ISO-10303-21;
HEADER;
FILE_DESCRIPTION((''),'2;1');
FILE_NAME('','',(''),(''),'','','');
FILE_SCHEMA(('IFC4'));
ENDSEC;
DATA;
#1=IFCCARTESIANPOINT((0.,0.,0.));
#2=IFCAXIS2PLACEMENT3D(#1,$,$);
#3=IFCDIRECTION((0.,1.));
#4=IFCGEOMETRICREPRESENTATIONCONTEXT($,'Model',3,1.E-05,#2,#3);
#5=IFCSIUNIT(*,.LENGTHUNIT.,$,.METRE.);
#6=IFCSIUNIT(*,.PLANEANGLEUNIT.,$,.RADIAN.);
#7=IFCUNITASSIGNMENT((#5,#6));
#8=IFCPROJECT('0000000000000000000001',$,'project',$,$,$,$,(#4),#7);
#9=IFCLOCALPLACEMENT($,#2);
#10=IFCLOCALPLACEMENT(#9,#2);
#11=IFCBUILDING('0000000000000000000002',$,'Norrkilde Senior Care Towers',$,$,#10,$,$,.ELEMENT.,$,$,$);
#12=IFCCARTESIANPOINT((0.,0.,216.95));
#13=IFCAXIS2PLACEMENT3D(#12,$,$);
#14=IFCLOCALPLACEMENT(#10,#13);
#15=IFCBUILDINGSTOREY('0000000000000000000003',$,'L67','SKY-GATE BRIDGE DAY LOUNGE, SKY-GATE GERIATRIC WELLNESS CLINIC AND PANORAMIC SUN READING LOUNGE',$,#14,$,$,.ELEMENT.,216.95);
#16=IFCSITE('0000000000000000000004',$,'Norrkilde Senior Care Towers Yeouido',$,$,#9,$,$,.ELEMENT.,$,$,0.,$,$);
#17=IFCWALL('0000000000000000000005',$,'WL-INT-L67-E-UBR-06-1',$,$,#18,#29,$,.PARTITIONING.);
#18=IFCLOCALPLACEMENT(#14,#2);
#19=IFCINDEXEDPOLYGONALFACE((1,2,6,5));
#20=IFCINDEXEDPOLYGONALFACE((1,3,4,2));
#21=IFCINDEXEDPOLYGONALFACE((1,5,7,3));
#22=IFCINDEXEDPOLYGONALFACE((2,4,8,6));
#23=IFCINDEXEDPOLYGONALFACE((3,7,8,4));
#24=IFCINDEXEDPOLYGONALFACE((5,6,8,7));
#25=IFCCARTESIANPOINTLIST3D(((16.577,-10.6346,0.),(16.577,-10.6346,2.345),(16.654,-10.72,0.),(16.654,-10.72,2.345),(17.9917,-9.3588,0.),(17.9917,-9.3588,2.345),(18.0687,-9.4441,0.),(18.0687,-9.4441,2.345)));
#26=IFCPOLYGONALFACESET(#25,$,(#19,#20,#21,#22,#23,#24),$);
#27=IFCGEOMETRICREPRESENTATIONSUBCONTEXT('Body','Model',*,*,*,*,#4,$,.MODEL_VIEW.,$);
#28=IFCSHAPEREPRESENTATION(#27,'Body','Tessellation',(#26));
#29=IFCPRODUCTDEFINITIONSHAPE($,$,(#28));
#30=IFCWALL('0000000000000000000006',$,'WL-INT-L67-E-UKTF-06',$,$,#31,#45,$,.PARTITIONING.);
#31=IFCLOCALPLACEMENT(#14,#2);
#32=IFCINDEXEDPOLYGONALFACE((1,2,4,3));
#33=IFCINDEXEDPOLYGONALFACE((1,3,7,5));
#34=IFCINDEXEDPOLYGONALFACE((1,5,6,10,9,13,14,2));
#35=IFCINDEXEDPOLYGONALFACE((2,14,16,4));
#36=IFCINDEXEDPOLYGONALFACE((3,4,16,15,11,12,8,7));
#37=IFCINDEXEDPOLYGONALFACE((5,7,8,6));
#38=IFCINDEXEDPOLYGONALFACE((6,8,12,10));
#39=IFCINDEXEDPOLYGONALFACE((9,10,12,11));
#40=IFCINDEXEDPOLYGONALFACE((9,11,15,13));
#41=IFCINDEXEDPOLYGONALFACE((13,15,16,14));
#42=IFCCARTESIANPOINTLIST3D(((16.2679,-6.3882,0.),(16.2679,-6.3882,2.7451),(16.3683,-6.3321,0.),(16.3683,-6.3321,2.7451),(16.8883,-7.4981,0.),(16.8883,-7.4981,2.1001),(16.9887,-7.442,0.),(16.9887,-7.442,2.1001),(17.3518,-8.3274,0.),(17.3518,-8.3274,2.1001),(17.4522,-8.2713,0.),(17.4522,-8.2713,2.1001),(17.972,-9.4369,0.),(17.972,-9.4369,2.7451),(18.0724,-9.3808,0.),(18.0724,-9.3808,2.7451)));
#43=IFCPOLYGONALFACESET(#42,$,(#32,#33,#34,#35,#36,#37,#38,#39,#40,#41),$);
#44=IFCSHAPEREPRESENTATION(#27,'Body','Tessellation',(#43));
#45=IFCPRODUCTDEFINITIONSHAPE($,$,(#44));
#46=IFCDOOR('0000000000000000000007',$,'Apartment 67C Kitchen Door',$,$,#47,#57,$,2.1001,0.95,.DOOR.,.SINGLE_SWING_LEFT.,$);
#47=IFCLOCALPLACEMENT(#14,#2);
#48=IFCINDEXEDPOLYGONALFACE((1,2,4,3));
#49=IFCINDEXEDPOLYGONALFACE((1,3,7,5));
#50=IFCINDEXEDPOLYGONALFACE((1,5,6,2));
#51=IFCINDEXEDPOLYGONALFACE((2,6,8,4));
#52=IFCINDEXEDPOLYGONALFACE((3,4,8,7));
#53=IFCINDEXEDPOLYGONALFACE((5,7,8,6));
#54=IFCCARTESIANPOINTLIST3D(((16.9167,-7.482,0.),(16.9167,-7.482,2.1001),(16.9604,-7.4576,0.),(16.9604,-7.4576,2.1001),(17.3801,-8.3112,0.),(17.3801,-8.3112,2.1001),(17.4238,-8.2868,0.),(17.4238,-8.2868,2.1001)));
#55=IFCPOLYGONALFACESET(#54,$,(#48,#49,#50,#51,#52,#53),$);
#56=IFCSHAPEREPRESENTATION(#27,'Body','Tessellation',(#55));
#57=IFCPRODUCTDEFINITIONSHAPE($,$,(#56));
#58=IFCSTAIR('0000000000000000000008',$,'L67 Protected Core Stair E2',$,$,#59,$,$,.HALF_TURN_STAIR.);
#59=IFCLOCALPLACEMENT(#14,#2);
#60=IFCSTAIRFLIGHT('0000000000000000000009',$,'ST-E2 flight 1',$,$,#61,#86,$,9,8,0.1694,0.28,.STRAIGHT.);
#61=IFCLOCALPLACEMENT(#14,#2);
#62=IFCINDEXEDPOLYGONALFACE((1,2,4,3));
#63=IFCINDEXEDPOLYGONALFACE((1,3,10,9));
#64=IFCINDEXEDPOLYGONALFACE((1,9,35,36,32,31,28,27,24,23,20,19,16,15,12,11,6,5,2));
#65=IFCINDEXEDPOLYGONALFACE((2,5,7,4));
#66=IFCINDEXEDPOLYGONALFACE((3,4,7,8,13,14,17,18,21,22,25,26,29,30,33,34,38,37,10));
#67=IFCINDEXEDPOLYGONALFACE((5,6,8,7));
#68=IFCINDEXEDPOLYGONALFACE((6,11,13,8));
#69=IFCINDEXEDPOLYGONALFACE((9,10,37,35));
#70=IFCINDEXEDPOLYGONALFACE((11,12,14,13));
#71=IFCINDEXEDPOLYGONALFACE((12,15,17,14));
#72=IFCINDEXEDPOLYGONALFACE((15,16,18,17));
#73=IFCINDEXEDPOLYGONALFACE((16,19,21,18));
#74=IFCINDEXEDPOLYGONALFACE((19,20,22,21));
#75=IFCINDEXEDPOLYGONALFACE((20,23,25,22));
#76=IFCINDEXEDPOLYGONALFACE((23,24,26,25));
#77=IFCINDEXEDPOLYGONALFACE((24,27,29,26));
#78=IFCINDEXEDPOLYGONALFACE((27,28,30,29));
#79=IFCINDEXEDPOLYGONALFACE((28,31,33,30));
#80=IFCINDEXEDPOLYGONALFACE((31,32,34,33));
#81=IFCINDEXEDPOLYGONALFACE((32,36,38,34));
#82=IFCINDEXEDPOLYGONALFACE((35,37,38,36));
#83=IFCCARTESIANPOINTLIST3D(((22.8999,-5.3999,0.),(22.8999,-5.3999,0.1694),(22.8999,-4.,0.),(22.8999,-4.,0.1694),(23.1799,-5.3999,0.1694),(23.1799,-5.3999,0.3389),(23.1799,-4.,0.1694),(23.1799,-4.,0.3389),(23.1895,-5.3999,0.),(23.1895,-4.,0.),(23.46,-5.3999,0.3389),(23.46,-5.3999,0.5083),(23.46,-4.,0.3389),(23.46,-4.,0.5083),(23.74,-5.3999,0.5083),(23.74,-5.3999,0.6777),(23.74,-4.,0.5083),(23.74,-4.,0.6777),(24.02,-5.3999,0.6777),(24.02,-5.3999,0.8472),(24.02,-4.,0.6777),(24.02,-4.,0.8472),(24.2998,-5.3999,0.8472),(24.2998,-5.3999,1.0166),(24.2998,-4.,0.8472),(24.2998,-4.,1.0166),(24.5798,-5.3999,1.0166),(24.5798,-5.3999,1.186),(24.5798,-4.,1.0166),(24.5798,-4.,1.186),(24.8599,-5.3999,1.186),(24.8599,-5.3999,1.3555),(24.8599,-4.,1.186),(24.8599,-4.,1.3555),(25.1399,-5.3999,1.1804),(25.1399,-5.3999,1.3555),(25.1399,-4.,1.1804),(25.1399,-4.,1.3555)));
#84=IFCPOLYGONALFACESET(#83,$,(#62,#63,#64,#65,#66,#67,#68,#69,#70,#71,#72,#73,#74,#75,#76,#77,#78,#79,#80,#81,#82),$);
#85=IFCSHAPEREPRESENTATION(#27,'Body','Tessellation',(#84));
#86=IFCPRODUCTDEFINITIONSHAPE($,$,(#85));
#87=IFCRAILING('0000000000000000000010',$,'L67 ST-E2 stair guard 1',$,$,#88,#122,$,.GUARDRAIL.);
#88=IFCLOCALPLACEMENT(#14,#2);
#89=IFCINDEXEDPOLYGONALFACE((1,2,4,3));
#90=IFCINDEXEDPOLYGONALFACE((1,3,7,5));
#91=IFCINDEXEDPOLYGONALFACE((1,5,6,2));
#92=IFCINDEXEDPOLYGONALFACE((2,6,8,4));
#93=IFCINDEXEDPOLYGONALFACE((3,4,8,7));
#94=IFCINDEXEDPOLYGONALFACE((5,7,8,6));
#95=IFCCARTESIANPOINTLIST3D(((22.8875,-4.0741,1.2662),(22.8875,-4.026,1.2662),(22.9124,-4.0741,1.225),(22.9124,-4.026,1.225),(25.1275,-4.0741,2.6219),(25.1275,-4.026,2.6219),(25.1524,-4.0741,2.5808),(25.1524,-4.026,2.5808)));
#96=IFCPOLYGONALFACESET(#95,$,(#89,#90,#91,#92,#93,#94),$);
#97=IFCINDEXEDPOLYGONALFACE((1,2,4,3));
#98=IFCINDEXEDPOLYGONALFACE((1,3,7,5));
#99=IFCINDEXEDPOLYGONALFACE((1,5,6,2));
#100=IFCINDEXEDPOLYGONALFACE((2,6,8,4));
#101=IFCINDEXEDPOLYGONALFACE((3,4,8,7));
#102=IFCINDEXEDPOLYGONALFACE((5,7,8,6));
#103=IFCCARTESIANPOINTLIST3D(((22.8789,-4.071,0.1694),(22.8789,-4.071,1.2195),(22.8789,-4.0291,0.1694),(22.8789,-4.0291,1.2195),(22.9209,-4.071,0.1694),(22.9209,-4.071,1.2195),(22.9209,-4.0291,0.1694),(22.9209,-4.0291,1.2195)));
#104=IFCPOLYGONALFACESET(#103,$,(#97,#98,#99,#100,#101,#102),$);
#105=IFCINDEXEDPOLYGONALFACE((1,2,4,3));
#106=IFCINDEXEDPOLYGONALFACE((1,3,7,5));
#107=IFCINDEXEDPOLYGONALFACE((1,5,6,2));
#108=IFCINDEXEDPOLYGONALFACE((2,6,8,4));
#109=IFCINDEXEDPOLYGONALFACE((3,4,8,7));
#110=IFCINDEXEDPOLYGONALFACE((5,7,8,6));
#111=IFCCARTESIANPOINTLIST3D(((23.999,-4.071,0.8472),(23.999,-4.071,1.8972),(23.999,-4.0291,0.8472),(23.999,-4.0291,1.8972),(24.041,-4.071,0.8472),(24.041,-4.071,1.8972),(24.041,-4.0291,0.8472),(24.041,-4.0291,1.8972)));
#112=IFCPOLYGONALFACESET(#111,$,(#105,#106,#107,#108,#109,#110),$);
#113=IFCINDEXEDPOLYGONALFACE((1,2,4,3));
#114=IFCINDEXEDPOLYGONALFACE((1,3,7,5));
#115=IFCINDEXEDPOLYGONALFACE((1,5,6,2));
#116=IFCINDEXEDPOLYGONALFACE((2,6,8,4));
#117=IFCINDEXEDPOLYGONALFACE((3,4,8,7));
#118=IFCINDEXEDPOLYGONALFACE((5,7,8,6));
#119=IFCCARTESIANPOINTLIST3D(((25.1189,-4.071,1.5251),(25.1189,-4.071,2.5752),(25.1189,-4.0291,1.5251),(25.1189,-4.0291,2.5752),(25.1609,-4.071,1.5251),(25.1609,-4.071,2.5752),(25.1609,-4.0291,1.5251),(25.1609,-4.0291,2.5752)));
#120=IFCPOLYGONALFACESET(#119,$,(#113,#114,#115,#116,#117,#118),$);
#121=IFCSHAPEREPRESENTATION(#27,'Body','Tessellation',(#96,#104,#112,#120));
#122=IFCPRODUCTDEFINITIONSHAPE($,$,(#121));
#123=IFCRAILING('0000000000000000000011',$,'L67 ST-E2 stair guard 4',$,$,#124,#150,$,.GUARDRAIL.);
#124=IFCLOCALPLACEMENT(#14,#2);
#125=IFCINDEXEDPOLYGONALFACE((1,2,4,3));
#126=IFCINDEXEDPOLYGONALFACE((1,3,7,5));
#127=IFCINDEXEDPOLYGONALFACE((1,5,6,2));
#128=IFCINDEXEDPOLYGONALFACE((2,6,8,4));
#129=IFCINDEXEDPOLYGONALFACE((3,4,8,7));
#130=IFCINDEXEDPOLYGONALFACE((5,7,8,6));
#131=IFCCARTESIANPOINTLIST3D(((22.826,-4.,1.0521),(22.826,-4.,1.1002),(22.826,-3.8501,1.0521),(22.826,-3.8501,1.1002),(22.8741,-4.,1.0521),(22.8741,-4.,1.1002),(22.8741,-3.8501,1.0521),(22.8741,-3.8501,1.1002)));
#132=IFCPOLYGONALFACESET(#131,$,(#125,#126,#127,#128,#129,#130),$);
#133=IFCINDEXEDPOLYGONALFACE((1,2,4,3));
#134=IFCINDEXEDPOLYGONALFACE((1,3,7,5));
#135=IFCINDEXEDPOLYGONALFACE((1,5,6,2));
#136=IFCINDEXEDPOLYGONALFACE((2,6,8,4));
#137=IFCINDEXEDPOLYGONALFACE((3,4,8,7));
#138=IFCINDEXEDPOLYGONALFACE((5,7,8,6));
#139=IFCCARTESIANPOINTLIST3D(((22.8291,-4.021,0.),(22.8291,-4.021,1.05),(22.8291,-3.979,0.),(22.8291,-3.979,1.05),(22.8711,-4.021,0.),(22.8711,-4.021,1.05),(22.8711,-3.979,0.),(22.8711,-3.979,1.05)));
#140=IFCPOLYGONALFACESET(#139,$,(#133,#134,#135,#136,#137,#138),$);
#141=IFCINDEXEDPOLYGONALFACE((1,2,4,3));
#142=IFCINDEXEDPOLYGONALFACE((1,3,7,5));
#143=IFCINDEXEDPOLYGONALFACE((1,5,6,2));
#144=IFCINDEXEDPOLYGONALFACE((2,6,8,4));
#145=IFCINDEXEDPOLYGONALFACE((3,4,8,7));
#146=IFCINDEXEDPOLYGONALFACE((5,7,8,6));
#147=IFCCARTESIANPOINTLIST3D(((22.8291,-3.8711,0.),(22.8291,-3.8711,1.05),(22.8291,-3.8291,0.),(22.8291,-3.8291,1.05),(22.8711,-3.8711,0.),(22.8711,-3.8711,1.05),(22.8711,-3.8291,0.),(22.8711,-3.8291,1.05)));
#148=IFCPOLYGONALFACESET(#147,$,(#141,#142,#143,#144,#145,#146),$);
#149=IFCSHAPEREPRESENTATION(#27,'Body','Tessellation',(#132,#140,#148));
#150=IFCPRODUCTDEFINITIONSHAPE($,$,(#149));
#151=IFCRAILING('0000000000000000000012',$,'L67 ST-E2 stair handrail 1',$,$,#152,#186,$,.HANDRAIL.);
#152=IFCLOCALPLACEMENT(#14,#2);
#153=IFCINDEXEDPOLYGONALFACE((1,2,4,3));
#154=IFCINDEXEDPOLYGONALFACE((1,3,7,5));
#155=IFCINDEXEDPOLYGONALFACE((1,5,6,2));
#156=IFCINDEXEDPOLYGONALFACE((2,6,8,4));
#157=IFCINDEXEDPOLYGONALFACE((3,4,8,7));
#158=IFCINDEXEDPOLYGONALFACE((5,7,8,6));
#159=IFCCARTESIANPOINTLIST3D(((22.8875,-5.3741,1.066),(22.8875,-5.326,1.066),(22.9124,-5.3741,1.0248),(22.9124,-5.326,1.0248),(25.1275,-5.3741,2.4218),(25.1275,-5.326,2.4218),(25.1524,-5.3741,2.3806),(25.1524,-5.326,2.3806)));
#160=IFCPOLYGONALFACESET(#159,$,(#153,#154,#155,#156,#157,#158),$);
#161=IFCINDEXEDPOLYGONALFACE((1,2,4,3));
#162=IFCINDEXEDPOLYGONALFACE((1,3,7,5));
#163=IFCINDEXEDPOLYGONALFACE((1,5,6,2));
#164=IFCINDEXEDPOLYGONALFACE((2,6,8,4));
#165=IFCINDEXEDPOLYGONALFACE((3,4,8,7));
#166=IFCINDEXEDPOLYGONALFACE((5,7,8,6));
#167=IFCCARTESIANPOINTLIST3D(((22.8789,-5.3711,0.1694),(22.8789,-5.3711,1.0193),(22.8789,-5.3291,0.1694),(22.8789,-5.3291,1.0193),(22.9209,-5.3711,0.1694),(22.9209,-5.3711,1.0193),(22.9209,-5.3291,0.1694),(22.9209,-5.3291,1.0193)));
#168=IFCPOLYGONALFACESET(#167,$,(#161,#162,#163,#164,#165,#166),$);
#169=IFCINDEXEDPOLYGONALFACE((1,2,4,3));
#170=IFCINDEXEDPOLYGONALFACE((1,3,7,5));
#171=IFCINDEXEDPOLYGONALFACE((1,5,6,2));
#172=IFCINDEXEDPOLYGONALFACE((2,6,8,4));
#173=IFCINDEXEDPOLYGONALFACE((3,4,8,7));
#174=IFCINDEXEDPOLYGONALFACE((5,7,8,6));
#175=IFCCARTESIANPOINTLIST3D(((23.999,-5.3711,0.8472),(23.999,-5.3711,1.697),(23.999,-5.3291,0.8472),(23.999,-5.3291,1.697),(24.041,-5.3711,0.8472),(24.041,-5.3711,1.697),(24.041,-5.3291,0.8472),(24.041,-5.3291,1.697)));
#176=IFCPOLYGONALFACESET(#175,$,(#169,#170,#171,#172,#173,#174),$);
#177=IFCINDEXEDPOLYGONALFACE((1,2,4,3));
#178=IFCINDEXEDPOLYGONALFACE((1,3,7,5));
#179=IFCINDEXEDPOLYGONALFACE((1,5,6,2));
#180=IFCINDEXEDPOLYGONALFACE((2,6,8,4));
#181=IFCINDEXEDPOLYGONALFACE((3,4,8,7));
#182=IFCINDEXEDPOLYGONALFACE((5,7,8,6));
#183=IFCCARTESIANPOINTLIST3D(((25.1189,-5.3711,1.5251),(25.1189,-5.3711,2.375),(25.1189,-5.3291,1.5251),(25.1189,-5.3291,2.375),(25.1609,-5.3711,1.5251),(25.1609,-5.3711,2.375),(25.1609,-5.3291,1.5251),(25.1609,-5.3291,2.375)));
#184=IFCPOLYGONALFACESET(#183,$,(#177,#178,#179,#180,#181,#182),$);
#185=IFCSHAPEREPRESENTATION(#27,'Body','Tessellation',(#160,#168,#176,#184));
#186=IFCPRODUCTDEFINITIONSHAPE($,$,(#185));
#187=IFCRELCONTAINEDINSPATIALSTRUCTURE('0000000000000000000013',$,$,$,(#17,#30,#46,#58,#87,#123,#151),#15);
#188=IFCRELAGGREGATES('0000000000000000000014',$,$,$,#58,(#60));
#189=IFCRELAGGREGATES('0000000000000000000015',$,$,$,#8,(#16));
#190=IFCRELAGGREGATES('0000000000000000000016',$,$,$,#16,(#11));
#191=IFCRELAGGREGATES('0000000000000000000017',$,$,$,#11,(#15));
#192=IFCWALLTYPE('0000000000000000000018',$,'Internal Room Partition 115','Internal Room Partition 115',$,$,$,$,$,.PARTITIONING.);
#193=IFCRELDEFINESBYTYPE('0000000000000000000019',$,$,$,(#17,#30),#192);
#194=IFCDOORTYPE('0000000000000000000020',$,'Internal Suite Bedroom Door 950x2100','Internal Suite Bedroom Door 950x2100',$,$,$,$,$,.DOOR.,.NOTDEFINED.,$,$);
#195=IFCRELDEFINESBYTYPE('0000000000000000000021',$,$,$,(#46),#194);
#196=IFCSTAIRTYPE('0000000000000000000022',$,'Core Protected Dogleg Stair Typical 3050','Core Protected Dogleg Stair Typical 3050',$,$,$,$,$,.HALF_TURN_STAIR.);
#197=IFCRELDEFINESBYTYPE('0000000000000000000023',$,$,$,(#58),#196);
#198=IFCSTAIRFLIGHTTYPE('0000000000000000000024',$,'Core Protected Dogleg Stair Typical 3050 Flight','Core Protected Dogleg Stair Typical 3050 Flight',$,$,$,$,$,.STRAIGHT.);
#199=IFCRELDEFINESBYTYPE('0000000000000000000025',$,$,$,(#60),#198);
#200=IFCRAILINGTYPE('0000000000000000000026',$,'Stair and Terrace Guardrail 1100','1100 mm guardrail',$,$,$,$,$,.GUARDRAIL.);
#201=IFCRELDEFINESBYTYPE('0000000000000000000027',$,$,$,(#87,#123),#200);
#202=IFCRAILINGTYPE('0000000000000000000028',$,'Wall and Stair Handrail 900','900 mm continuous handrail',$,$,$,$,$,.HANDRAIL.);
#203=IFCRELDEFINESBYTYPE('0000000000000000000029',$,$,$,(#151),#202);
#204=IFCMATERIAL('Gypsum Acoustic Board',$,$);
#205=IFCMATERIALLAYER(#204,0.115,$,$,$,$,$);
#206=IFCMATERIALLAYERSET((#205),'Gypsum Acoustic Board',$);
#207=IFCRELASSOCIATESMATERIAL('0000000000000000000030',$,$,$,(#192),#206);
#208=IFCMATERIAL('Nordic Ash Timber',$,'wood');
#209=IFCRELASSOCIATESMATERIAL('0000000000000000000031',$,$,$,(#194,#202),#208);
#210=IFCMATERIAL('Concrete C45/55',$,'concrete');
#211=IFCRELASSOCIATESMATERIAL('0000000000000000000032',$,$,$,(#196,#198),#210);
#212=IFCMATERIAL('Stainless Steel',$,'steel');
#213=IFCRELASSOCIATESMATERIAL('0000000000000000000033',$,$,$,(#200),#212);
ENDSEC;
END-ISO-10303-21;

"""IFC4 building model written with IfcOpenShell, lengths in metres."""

from ifc_helpers import new_model, si_unit, direction, frame, frame_2d, origin, origin_2d, place, context, subcontext, project, spatial, polyline, rectangle, outline, extrude, source, transform, mapped, material, layer, layer_set, type_object, type_shapes, element, fill, aggregate, save


model = new_model("IFC4")

# Units and contexts
model_context = context("Model", 3, precision=1e-05, world=origin(), true_north=direction((0.0, 1.0)))
body_context = subcontext(model_context, "Body", "Model", "MODEL_VIEW")
ifc_project = project(units=[si_unit("LENGTHUNIT", "METRE"), si_unit("PLANEANGLEUNIT", "RADIAN")], contexts=[model_context])

# Site, building, storey
site_placement = place(None, origin())
site = spatial("IfcSite", under=ifc_project, at=site_placement, Name="Norrkilde Senior Care Towers Yeouido", CompositionType="ELEMENT", RefElevation=0.0)
building_placement = place(site_placement, origin())
building = spatial("IfcBuilding", under=site, at=building_placement, Name="Norrkilde Senior Care Towers", CompositionType="ELEMENT")
storey_placement = place(building_placement, frame((0.0, 0.0, 216.95)))
storey = spatial("IfcBuildingStorey", under=building, at=storey_placement, Name="L67", Description="SKY-GATE BRIDGE DAY LOUNGE, SKY-GATE GERIATRIC WELLNESS CLINIC AND PANORAMIC SUN READING LOUNGE", CompositionType="ELEMENT", Elevation=216.95)

# Shared definitions
ifc_material_1 = material(Name="Concrete C45/55", Category="concrete")

# Shared definitions
ifc_material_2 = material(Name="Gypsum Acoustic Board")

# Shared definitions
ifc_material_3 = material(Name="Nordic Ash Timber", Category="wood")
ifc_layer_1 = layer(ifc_material_2, 0.115)
ifc_layer_set_1 = layer_set([ifc_layer_1], Name="Gypsum Acoustic Board")
wall_type_1 = type_object("IfcWallType", Name="Internal Room Partition 115", Description="Internal Room Partition 115", PredefinedType="PARTITIONING", material=ifc_layer_set_1)
door_type_1 = type_object("IfcDoorType", Name="Internal Suite Bedroom Door 950x2100", Description="Internal Suite Bedroom Door 950x2100", OperationType="NOTDEFINED", PredefinedType="DOOR", material=ifc_material_3)
shared_shape_1 = source(origin(), body_context, "Body", "SweptSolid", [
    extrude(rectangle(XDim=0.95, YDim=2.1001, at=frame_2d((0.4751, 1.05))), frame((0.0, 0.0249, 0.0), z_axis=(0.0, -1.0, 0.0), x_axis=(1.0, 0.0, 0.0)), (0.0, 0.0, 1.0), 0.05),
])
type_shapes(door_type_1, [shared_shape_1])

# Wall
shared_shape_2 = source(origin(), body_context, "Body", "SweptSolid", [
    extrude(rectangle(XDim=1.905, YDim=0.115, at=frame_2d((0.9526, 0.0))), origin(), (0.0, 0.0, 1.0), 2.345),
])
wall_1_placement = place(storey_placement, frame((18.0303, -9.4014, 0.0), z_axis=(0.0, 0.0, 1.0), x_axis=(-0.742625, -0.669708, 0.0)))
element("IfcWall", 1, at=wall_1_placement, inside=storey, type_object=wall_type_1, Name="WL-INT-L67-E-UBR-06-1", PredefinedType="PARTITIONING", context=body_context, shape_type="MappedRepresentation", body=[
    mapped(shared_shape_2, transform((0.0, 0.0, 0.0), x_axis=(1.0, 0.0, 0.0), y_axis=(0.0, 1.0, 0.0), z_axis=(0.0, 0.0, 1.0), scale=1.0)),
])

# Wall, opening, door
shared_shape_3 = source(origin(), body_context, "Body", "SweptSolid", [
    extrude(rectangle(XDim=3.4927, YDim=0.115, at=frame_2d((1.7463, 0.0))), origin(), (0.0, 0.0, 1.0), 2.7451),
])
wall_2_placement = place(storey_placement, frame((16.3181, -6.3601, 0.0), z_axis=(0.0, 0.0, 1.0), x_axis=(0.487897, -0.872901, 0.0)))
wall_2 = element("IfcWall", 2, at=wall_2_placement, inside=storey, type_object=wall_type_1, Name="WL-INT-L67-E-UKTF-06", PredefinedType="PARTITIONING", context=body_context, shape_type="MappedRepresentation", body=[
    mapped(shared_shape_3, transform((0.0, 0.0, 0.0), x_axis=(1.0, 0.0, 0.0), y_axis=(0.0, 1.0, 0.0), z_axis=(0.0, 0.0, 1.0), scale=1.0)),
])
opening_1_placement = place(wall_2_placement, frame((1.2715, 0.0, 0.0)))
opening_1 = element("IfcOpeningElement", 3, at=opening_1_placement, cuts=wall_2, PredefinedType="OPENING", context=body_context, shape_type="SweptSolid", body=[
    extrude(rectangle(XDim=0.95, YDim=2.1001, at=frame_2d((0.4751, 1.05))), frame((0.0, 0.0674, 0.0), z_axis=(0.0, -1.0, 0.0), x_axis=(1.0, 0.0, 0.0)), (0.0, 0.0, 1.0), 0.135),
])
door_1_placement = place(opening_1_placement, frame((0.95, 0.0, 0.0), z_axis=(0.0, 0.0, 1.0), x_axis=(-1.0, 0.0, 0.0)))
door_1 = element("IfcDoor", 4, at=door_1_placement, inside=storey, type_object=door_type_1, Name="Apartment 67C Kitchen Door", OperationType="SINGLE_SWING_LEFT", OverallHeight=2.1001, OverallWidth=0.95, PredefinedType="DOOR", context=body_context, shape_type="MappedRepresentation", body=[
    mapped(shared_shape_1, transform((0.0, 0.0, 0.0), x_axis=(1.0, 0.0, 0.0), y_axis=(0.0, 1.0, 0.0), z_axis=(0.0, 0.0, 1.0), scale=1.0)),
])
fill(opening_1, door_1)

# Stair, stair flight
stair_type = type_object("IfcStairType", Name="Core Protected Dogleg Stair Typical 3050", Description="Core Protected Dogleg Stair Typical 3050", PredefinedType="HALF_TURN_STAIR", material=ifc_material_1)
stair_placement = place(storey_placement, origin())
stair = element("IfcStair", 5, at=stair_placement, inside=storey, type_object=stair_type, Name="L67 Protected Core Stair E2", PredefinedType="HALF_TURN_STAIR")
stair_flight_type = type_object("IfcStairFlightType", Name="Core Protected Dogleg Stair Typical 3050 Flight", Description="Core Protected Dogleg Stair Typical 3050 Flight", PredefinedType="STRAIGHT", material=ifc_material_1)
stair_flight_placement = place(storey_placement, frame((22.8999, -4.7, 0.0), z_axis=(0.0, 0.0, 1.0), x_axis=(1.0, 0.0, 0.0)))
stair_flight = element("IfcStairFlight", 6, at=stair_flight_placement, type_object=stair_flight_type, Name="ST-E2 flight 1", NumberOfRisers=9, NumberOfTreads=8, PredefinedType="STRAIGHT", RiserHeight=0.1694, TreadLength=0.28, context=body_context, shape_type="SweptSolid", body=[
    extrude(outline(polyline([(0.0, 0.0), (0.0, 0.1694), (0.28, 0.1694), (0.28, 0.3389), (0.5601, 0.3389), (0.5601, 0.5083), (0.8401, 0.5083), (0.8401, 0.6777), (1.1201, 0.6777), (1.1201, 0.8472), (1.3999, 0.8472), (1.3999, 1.0166), (1.6799, 1.0166), (1.6799, 1.186), (1.96, 1.186), (1.96, 1.3555), (2.24, 1.3555), (2.24, 1.5249), (2.24, 1.1804), (0.2896, 0.0), (0.0, 0.0)])), frame((0.0, 0.7, 0.0), z_axis=(0.0, -1.0, 0.0), x_axis=(1.0, 0.0, 0.0)), (0.0, 0.0, 1.0), 1.3999),
])
aggregate(stair, [stair_flight])

# Railings
ifc_material_4 = material(Name="Stainless Steel", Category="steel")
railing_type_1 = type_object("IfcRailingType", Name="Stair and Terrace Guardrail 1100", Description="1100 mm guardrail", PredefinedType="GUARDRAIL", material=ifc_material_4)
railing_1_placement = place(storey_placement, frame((22.8999, -4.05, 0.1694)))
element("IfcRailing", 7, at=railing_1_placement, inside=storey, type_object=railing_type_1, Name="L67 ST-E2 stair guard 1", PredefinedType="GUARDRAIL", context=body_context, shape_type="SweptSolid", body=[
    extrude(rectangle(XDim=0.0481, YDim=0.0481, at=origin_2d()), frame((0.0, 0.0, 1.0762), z_axis=(0.855512, 0.0, 0.517783), x_axis=(0.0, 1.0, 0.0)), (0.0, 0.0, 1.0), 2.6184),
    extrude(rectangle(XDim=0.042, YDim=0.042, at=origin_2d()), origin(), (0.0, 0.0, 1.0), 1.05),
    extrude(rectangle(XDim=0.042, YDim=0.042, at=origin_2d()), frame((1.1201, 0.0, 0.6777)), (0.0, 0.0, 1.0), 1.05),
    extrude(rectangle(XDim=0.042, YDim=0.042, at=origin_2d()), frame((2.24, 0.0, 1.3557)), (0.0, 0.0, 1.0), 1.05),
])
railing_2_placement = place(storey_placement, frame((22.8501, -4.0, 0.0)))
element("IfcRailing", 8, at=railing_2_placement, inside=storey, type_object=railing_type_1, Name="L67 ST-E2 stair guard 4", PredefinedType="GUARDRAIL", context=body_context, shape_type="SweptSolid", body=[
    extrude(rectangle(XDim=0.0481, YDim=0.0481, at=origin_2d()), frame((0.0, 0.0, 1.0762), z_axis=(0.0, 1.0, 0.0), x_axis=(-1.0, 0.0, 0.0)), (0.0, 0.0, 1.0), 0.1499),
    extrude(rectangle(XDim=0.042, YDim=0.042, at=origin_2d()), origin(), (0.0, 0.0, 1.0), 1.05),
    extrude(rectangle(XDim=0.042, YDim=0.042, at=origin_2d()), frame((0.0, 0.1499, 0.0)), (0.0, 0.0, 1.0), 1.05),
])
railing_type_2 = type_object("IfcRailingType", Name="Wall and Stair Handrail 900", Description="900 mm continuous handrail", PredefinedType="HANDRAIL", material=ifc_material_3)
railing_3_placement = place(storey_placement, frame((22.8999, -5.3501, 0.1694)))
element("IfcRailing", 9, at=railing_3_placement, inside=storey, type_object=railing_type_2, Name="L67 ST-E2 stair handrail 1", PredefinedType="HANDRAIL", context=body_context, shape_type="SweptSolid", body=[
    extrude(rectangle(XDim=0.0481, YDim=0.0481, at=origin_2d()), frame((0.0, 0.0, 0.876), z_axis=(0.855512, 0.0, 0.517783), x_axis=(0.0, 1.0, 0.0)), (0.0, 0.0, 1.0), 2.6184),
    extrude(rectangle(XDim=0.042, YDim=0.042, at=origin_2d()), origin(), (0.0, 0.0, 1.0), 0.8499),
    extrude(rectangle(XDim=0.042, YDim=0.042, at=origin_2d()), frame((1.1201, 0.0, 0.6777)), (0.0, 0.0, 1.0), 0.8499),
    extrude(rectangle(XDim=0.042, YDim=0.042, at=origin_2d()), frame((2.24, 0.0, 1.3557)), (0.0, 0.0, 1.0), 0.8499),
])

save(model, "model.ifc")
